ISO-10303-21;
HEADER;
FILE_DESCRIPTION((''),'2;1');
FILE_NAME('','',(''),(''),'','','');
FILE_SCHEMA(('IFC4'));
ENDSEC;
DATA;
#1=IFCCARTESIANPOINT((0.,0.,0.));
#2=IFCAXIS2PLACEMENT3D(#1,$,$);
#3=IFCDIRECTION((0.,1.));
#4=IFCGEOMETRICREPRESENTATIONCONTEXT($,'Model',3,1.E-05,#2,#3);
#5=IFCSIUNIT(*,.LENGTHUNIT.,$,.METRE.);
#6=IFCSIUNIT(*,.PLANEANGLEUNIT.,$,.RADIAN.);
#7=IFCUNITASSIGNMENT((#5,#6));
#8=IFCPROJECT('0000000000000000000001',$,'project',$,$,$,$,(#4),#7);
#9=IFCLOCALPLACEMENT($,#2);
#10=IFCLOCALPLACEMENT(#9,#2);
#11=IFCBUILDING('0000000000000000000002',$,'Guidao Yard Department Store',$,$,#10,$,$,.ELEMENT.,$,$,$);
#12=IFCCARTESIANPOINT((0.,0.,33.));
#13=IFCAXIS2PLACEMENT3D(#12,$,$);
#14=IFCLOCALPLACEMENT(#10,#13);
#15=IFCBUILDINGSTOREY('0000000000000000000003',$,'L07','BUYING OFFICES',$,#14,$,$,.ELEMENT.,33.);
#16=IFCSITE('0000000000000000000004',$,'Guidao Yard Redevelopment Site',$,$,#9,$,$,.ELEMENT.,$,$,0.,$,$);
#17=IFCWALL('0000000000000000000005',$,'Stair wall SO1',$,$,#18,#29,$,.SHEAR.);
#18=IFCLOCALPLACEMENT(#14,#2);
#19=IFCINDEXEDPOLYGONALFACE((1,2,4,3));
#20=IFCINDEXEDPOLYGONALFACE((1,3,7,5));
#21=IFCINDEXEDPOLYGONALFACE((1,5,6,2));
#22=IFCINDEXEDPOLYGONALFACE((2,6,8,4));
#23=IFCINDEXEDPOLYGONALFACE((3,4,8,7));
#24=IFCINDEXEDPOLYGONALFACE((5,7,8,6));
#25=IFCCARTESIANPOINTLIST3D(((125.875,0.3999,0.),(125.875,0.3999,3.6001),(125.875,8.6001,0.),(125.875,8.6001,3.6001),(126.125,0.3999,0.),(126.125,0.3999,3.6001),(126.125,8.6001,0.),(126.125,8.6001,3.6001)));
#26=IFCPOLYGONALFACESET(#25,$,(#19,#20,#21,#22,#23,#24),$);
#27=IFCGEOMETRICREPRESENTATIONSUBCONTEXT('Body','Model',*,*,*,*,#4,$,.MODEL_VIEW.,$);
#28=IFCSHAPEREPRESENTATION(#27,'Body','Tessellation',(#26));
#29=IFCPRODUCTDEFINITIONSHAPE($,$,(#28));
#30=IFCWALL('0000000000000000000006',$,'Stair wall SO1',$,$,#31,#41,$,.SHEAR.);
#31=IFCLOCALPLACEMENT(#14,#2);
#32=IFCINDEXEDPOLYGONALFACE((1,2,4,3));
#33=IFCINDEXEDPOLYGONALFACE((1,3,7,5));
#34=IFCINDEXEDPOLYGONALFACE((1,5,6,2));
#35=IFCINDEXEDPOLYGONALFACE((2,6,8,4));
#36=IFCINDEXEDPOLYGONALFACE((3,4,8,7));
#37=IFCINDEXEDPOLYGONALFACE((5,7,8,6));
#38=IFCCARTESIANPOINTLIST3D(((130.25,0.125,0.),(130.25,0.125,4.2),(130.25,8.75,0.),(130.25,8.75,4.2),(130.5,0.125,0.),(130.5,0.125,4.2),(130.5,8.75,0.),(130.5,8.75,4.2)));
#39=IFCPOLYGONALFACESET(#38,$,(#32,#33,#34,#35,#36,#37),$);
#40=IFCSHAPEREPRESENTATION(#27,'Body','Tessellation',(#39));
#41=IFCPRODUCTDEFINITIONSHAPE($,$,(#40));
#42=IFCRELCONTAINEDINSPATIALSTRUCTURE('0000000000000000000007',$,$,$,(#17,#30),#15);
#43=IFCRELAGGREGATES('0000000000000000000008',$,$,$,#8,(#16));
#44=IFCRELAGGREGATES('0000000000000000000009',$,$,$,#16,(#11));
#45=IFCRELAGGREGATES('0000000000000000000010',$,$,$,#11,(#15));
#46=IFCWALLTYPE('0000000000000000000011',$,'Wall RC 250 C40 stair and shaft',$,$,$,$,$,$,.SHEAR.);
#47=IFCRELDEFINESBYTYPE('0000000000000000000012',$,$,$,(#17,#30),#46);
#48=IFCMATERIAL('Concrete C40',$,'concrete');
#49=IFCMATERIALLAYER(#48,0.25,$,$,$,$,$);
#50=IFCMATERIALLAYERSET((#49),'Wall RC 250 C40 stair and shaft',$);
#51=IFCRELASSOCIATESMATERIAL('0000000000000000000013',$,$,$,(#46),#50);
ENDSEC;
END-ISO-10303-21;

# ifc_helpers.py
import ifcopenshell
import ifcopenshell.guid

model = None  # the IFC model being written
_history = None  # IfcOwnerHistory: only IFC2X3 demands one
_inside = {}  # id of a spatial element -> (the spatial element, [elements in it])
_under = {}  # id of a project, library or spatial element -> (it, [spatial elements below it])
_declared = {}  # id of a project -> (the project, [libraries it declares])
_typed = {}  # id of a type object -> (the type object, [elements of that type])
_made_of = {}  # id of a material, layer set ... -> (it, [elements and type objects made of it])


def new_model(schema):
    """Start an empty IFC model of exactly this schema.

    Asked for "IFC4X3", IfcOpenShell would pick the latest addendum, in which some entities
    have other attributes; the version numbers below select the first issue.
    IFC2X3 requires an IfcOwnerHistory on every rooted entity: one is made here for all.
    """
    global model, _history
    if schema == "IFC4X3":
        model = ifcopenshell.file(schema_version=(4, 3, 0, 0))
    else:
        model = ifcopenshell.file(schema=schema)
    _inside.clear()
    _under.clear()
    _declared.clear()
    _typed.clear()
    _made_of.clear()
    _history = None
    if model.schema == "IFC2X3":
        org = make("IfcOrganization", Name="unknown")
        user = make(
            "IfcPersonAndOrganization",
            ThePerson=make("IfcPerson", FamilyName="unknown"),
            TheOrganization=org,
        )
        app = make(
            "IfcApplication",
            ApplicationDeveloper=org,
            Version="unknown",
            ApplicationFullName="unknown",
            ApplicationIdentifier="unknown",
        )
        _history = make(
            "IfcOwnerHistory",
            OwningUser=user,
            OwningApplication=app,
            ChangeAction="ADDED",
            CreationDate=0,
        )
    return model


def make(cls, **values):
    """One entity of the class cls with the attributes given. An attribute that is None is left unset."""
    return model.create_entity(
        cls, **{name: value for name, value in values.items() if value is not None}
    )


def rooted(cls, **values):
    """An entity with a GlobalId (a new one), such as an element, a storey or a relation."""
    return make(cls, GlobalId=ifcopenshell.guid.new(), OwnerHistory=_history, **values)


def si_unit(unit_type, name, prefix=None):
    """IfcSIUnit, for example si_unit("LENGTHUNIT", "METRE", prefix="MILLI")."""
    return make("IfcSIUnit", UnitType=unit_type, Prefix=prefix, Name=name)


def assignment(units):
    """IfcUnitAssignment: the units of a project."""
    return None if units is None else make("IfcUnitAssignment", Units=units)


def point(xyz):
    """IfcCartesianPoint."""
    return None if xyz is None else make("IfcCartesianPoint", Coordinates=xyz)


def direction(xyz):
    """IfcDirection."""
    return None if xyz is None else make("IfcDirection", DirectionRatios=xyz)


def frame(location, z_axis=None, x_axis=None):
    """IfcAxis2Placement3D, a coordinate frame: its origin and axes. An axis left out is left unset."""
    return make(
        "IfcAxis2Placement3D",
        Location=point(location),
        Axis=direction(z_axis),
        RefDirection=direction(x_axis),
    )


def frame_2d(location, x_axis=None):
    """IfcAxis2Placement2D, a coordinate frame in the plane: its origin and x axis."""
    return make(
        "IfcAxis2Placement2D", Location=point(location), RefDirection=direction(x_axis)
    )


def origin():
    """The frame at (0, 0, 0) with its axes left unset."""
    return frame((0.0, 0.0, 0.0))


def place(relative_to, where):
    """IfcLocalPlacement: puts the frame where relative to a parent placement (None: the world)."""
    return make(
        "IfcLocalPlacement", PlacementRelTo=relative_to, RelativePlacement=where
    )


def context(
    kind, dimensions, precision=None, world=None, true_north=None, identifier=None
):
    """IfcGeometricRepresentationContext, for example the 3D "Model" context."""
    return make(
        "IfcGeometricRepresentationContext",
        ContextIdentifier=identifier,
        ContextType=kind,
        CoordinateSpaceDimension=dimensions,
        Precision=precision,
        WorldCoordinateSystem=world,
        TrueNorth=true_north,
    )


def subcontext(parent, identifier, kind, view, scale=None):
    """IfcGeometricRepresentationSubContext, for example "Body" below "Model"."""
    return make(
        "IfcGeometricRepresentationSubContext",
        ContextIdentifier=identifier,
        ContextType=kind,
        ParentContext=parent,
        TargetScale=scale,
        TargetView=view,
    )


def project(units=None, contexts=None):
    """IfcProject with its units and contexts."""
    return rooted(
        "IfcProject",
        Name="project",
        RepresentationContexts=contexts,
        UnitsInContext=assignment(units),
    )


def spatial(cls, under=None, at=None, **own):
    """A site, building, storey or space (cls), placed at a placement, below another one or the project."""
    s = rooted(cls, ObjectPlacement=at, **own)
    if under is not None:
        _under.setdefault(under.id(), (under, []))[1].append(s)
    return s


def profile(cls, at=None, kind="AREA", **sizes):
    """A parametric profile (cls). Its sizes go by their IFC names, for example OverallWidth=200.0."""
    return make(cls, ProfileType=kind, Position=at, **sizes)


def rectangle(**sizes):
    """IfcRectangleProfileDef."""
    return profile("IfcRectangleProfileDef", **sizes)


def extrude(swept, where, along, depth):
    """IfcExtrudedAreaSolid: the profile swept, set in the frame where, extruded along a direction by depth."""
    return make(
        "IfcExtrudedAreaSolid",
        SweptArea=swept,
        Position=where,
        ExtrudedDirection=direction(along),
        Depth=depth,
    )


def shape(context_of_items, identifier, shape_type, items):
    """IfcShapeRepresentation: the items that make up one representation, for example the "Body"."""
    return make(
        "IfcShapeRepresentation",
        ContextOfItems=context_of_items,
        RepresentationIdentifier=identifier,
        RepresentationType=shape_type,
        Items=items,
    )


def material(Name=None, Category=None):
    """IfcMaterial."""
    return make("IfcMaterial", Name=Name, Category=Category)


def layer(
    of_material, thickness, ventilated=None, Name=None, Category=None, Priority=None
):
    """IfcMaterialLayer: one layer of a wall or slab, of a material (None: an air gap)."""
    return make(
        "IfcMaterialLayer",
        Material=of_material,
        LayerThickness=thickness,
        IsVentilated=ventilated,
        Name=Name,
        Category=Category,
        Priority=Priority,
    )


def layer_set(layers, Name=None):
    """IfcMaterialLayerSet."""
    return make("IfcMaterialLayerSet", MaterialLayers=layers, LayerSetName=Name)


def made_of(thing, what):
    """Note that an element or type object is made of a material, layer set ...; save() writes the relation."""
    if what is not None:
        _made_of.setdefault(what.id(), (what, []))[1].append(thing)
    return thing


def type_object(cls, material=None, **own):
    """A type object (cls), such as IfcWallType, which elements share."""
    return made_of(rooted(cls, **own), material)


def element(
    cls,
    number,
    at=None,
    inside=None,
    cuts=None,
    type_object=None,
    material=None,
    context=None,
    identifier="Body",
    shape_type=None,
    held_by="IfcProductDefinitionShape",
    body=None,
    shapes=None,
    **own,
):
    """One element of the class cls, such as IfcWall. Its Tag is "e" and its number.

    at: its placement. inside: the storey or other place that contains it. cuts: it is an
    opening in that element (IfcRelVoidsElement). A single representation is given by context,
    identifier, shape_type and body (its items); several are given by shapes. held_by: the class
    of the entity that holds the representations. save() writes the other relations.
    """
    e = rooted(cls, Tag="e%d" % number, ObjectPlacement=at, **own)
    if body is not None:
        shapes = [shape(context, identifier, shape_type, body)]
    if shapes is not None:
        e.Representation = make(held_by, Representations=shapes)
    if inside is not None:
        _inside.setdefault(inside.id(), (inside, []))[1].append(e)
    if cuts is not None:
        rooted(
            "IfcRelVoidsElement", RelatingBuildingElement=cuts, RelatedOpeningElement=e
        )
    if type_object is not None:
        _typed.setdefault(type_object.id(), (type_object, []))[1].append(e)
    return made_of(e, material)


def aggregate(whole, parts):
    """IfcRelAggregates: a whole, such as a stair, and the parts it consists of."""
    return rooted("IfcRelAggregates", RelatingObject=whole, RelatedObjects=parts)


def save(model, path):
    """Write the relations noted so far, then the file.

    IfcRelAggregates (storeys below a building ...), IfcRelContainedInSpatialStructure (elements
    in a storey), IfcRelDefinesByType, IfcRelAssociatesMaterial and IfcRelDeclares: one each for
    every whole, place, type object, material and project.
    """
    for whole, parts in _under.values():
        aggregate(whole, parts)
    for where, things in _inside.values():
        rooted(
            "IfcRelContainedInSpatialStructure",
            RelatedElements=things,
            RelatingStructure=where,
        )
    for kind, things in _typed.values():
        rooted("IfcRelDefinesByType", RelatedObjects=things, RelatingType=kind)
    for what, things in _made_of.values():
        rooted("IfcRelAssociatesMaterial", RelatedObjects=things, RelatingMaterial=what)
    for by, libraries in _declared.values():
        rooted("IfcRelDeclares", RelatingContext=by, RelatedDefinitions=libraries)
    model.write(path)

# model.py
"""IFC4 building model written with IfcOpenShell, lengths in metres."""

from ifc_helpers import new_model, si_unit, direction, frame, frame_2d, origin, place, context, subcontext, project, spatial, rectangle, extrude, material, layer, layer_set, type_object, element, save


model = new_model("IFC4")

# Units and contexts
model_context = context("Model", 3, precision=1e-05, world=origin(), true_north=direction((0.0, 1.0)))
body_context = subcontext(model_context, "Body", "Model", "MODEL_VIEW")
ifc_project = project(units=[si_unit("LENGTHUNIT", "METRE"), si_unit("PLANEANGLEUNIT", "RADIAN")], contexts=[model_context])

# Site, building, storey
site_placement = place(None, origin())
site = spatial("IfcSite", under=ifc_project, at=site_placement, Name="Guidao Yard Redevelopment Site", CompositionType="ELEMENT", RefElevation=0.0)
building_placement = place(site_placement, origin())
building = spatial("IfcBuilding", under=site, at=building_placement, Name="Guidao Yard Department Store", CompositionType="ELEMENT")
storey_placement = place(building_placement, frame((0.0, 0.0, 33.0)))
storey = spatial("IfcBuildingStorey", under=building, at=storey_placement, Name="L07", Description="BUYING OFFICES", CompositionType="ELEMENT", Elevation=33.0)

# Shared definitions
ifc_material_1 = material(Name="Concrete C40", Category="concrete")
ifc_layer_1 = layer(ifc_material_1, 0.25)
ifc_layer_set_1 = layer_set([ifc_layer_1], Name="Wall RC 250 C40 stair and shaft")
wall_type_1 = type_object("IfcWallType", Name="Wall RC 250 C40 stair and shaft", PredefinedType="SHEAR", material=ifc_layer_set_1)

# Walls
wall_1_placement = place(storey_placement, frame((126.0, 0.3999, 0.0), z_axis=(0.0, 0.0, 1.0), x_axis=(0.0, 1.0, 0.0)))
element("IfcWall", 1, at=wall_1_placement, inside=storey, type_object=wall_type_1, Name="Stair wall SO1", PredefinedType="SHEAR", context=body_context, shape_type="SweptSolid", body=[
    extrude(rectangle(XDim=8.2002, YDim=0.25, at=frame_2d((4.1001, 0.0))), origin(), (0.0, 0.0, 1.0), 3.6001),
])
wall_2_placement = place(storey_placement, frame((130.375, 0.125, 0.0), z_axis=(0.0, 0.0, 1.0), x_axis=(0.0, 1.0, 0.0)))
element("IfcWall", 2, at=wall_2_placement, inside=storey, type_object=wall_type_1, Name="Stair wall SO1", PredefinedType="SHEAR", context=body_context, shape_type="SweptSolid", body=[
    extrude(rectangle(XDim=8.625, YDim=0.25, at=frame_2d((4.3125, 0.0))), origin(), (0.0, 0.0, 1.0), 4.2),
])

save(model, "model.ifc")
